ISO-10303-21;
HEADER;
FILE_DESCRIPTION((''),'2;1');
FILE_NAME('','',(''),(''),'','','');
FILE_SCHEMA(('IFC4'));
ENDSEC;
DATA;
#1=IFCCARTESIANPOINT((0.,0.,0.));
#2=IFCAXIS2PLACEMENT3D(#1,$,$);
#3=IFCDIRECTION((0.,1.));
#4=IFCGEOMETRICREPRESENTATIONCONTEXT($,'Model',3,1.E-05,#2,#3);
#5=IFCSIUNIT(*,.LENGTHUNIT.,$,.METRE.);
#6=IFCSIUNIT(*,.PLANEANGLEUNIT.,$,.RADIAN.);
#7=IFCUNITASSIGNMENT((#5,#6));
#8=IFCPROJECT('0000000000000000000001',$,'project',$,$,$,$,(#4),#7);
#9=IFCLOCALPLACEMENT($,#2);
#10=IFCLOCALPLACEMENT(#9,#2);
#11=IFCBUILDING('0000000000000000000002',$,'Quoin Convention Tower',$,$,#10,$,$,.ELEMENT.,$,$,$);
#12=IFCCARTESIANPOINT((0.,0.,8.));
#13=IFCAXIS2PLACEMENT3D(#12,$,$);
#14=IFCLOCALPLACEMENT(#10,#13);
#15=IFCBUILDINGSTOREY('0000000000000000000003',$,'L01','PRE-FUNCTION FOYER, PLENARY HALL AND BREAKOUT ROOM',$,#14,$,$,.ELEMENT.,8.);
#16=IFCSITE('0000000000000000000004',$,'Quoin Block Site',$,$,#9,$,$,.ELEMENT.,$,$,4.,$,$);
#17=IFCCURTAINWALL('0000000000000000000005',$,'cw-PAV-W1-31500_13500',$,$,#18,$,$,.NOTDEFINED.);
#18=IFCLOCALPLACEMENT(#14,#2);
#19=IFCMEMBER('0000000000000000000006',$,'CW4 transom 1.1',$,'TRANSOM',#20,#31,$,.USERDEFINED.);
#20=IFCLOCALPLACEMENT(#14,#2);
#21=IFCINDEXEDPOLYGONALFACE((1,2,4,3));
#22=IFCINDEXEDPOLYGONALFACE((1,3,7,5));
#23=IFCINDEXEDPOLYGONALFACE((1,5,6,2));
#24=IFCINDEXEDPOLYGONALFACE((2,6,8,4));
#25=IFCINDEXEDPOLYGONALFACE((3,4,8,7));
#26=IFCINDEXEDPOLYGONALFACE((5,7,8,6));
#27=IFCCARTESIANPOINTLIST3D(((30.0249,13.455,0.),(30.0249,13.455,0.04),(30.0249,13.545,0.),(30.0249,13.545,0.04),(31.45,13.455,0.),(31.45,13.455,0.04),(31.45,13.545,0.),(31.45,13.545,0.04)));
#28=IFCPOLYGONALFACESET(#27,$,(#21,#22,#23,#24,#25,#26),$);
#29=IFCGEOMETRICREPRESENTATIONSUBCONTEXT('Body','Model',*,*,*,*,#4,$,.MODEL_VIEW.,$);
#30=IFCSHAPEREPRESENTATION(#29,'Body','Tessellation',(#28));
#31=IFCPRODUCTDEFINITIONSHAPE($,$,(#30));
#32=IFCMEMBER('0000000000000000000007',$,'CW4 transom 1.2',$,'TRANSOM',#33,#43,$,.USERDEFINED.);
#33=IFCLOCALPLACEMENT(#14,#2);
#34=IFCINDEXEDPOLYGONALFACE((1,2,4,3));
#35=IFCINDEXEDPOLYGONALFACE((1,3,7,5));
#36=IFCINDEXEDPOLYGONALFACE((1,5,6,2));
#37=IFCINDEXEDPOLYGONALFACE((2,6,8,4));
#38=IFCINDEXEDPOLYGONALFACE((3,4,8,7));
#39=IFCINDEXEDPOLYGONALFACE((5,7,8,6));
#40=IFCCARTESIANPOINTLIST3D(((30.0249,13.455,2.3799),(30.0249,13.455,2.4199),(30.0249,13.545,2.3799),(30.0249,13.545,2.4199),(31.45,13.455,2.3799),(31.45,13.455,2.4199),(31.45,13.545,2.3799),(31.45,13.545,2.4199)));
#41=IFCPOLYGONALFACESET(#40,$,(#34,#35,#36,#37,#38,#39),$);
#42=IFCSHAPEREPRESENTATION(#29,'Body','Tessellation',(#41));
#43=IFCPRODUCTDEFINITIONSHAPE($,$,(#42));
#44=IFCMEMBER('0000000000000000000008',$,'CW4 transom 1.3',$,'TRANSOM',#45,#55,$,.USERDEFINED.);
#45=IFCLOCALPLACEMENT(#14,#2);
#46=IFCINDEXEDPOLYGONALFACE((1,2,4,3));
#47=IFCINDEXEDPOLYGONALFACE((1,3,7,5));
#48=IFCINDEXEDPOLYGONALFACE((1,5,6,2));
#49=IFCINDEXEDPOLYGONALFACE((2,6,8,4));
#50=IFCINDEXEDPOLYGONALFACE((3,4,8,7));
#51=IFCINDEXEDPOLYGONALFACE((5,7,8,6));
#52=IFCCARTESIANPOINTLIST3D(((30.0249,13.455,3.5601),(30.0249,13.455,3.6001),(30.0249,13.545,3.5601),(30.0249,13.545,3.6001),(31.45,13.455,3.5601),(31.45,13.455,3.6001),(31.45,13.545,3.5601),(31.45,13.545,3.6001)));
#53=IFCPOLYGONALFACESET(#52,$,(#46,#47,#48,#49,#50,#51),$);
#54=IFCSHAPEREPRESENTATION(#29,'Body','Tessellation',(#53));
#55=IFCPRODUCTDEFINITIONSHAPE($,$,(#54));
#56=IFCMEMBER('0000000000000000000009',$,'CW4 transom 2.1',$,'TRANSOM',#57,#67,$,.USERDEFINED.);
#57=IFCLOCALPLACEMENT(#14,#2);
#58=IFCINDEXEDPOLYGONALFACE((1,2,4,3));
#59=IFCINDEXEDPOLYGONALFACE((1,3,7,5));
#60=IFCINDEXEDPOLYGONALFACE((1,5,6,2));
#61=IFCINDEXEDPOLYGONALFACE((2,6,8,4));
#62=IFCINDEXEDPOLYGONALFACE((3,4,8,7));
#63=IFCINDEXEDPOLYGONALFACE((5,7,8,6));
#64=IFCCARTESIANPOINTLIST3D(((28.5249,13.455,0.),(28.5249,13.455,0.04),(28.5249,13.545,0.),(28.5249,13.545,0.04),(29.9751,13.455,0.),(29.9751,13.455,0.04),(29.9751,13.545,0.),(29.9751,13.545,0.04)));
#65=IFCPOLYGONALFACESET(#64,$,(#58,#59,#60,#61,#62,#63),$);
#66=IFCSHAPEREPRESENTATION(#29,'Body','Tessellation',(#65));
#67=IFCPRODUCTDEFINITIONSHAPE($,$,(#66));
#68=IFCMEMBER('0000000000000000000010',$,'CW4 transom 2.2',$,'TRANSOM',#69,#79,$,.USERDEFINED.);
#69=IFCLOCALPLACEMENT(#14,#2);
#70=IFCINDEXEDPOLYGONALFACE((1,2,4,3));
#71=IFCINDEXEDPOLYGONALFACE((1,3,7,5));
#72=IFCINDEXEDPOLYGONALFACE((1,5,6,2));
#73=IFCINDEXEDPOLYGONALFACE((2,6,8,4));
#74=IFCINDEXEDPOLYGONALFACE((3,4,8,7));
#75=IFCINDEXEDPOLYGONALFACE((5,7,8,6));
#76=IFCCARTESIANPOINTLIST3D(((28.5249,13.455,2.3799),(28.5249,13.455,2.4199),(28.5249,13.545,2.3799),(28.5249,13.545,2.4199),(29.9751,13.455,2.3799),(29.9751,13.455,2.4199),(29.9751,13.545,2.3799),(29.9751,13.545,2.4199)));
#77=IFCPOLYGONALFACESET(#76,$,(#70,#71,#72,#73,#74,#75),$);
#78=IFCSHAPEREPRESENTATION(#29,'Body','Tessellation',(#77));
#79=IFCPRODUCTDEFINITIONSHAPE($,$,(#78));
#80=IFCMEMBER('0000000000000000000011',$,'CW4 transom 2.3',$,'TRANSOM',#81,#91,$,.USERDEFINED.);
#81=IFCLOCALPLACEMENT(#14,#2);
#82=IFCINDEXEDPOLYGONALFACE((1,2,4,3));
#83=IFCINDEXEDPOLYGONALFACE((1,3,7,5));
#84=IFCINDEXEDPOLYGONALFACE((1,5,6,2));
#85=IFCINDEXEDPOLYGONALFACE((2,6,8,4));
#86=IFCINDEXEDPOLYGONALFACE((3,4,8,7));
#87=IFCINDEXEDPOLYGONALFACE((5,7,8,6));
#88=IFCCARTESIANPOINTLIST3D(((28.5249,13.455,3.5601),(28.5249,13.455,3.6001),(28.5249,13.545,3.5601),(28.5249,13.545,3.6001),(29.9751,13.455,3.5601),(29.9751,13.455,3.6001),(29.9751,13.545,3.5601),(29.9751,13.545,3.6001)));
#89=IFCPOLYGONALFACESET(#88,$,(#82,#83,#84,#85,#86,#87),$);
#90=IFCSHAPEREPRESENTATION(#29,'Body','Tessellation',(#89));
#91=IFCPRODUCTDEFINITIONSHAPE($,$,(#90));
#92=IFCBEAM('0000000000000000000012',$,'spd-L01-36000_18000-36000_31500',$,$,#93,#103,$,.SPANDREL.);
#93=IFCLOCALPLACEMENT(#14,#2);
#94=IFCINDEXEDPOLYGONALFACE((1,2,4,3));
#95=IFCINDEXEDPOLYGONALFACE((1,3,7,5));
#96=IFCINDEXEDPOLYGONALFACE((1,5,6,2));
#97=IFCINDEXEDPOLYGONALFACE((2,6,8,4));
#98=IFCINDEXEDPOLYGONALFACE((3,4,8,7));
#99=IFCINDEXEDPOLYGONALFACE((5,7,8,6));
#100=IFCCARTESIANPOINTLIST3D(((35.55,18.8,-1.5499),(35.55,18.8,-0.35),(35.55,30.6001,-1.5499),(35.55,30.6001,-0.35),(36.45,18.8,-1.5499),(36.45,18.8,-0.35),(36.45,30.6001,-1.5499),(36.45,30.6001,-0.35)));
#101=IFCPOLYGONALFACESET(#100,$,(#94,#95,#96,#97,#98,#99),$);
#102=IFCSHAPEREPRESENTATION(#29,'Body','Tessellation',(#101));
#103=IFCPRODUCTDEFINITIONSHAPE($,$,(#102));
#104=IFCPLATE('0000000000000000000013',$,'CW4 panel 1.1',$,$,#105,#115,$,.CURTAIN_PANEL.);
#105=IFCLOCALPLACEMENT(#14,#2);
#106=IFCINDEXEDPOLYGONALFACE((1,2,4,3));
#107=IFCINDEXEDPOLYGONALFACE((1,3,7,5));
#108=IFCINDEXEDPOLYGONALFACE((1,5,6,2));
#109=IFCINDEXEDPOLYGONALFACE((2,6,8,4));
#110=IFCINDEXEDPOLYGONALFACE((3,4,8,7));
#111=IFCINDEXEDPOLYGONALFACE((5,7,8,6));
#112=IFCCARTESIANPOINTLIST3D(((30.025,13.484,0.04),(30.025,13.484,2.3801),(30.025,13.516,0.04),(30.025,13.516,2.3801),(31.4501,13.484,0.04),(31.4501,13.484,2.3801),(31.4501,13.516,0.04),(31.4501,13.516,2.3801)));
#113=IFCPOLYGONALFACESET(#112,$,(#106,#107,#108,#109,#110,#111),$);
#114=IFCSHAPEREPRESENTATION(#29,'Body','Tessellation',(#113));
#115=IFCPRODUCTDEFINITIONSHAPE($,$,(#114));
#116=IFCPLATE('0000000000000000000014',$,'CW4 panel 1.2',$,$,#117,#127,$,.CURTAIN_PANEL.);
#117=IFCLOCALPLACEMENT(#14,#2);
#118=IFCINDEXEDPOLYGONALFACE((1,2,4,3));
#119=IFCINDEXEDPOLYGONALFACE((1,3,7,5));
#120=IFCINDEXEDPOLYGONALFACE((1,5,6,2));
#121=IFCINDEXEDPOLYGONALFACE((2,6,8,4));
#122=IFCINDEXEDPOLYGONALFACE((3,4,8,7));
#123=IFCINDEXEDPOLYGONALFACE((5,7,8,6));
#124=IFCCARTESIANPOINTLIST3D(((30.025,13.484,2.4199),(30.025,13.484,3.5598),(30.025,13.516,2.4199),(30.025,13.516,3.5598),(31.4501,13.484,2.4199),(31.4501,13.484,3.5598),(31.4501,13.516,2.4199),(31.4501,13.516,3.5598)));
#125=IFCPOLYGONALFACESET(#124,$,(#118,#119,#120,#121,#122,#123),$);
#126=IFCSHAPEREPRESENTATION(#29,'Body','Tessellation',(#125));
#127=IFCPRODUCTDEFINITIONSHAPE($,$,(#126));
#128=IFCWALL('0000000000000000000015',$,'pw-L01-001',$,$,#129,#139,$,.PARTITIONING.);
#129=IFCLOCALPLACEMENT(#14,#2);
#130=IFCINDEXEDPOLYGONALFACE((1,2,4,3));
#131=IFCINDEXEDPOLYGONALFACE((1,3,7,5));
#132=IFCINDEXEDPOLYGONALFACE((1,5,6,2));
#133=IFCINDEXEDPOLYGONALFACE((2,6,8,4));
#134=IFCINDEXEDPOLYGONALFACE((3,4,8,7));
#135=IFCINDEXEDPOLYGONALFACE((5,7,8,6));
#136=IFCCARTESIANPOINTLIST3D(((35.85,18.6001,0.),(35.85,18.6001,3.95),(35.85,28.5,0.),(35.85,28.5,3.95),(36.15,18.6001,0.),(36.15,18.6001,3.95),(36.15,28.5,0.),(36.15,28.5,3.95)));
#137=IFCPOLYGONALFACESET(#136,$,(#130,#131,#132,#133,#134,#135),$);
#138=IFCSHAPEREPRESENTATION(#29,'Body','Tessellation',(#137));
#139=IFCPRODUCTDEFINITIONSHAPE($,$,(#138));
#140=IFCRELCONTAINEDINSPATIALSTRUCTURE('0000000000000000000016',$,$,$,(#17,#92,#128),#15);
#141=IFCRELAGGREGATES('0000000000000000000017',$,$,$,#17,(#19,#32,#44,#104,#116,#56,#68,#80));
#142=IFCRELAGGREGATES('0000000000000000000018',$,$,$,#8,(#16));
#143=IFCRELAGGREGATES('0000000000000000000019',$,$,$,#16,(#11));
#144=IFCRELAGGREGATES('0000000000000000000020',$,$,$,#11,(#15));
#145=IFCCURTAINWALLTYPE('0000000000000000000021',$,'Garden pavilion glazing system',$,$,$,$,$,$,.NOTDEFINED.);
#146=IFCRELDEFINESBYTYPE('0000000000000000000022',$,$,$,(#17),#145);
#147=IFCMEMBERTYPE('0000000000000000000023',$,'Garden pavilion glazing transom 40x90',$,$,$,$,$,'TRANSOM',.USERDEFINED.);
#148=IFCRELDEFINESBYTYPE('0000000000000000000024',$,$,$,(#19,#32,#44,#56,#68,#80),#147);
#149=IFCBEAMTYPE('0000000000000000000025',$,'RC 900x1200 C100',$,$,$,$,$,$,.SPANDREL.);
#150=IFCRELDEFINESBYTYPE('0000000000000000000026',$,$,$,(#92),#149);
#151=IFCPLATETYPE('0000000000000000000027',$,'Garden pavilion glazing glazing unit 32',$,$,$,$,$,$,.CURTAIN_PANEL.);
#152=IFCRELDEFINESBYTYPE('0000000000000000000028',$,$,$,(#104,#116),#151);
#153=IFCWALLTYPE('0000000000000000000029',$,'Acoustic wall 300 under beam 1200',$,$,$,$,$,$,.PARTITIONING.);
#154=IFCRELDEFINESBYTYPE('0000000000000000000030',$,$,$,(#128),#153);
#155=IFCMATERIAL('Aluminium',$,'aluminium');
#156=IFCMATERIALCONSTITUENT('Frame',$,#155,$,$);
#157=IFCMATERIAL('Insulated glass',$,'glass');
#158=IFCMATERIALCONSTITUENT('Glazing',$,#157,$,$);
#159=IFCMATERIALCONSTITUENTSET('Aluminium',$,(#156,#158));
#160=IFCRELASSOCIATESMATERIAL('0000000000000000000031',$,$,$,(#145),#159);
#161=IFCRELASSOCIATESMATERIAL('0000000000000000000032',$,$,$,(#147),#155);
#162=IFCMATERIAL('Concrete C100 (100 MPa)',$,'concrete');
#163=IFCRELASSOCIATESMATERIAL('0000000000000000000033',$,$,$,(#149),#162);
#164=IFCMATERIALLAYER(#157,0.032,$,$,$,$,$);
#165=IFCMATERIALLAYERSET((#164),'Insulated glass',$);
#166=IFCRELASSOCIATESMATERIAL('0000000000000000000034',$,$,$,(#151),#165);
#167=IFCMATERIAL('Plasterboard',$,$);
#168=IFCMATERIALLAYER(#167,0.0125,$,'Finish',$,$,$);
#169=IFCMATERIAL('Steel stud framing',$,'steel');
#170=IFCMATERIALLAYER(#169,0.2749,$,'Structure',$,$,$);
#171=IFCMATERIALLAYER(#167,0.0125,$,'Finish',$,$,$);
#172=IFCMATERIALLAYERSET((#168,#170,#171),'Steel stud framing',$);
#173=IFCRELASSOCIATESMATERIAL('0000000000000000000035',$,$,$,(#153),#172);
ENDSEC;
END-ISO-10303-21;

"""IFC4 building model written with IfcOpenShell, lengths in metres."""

from ifc_helpers import new_model, si_unit, direction, frame, frame_2d, origin, origin_2d, place, context, subcontext, project, spatial, rectangle, extrude, material, layer, layer_set, constituent, constituent_set, material_profile, profile_set, type_object, element, aggregate, save


model = new_model("IFC4")

# Units and contexts
model_context = context("Model", 3, precision=1e-05, world=origin(), true_north=direction((0.0, 1.0)))
body_context = subcontext(model_context, "Body", "Model", "MODEL_VIEW")
ifc_project = project(units=[si_unit("LENGTHUNIT", "METRE"), si_unit("PLANEANGLEUNIT", "RADIAN")], contexts=[model_context])

# Site, building, storey
site_placement = place(None, origin())
site = spatial("IfcSite", under=ifc_project, at=site_placement, Name="Quoin Block Site", CompositionType="ELEMENT", RefElevation=4.0)
building_placement = place(site_placement, origin())
building = spatial("IfcBuilding", under=site, at=building_placement, Name="Quoin Convention Tower", CompositionType="ELEMENT")
storey_placement = place(building_placement, frame((0.0, 0.0, 8.0)))
storey = spatial("IfcBuildingStorey", under=building, at=storey_placement, Name="L01", Description="PRE-FUNCTION FOYER, PLENARY HALL AND BREAKOUT ROOM", CompositionType="ELEMENT", Elevation=8.0)

# Shared definitions
ifc_material_1 = material(Name="Concrete C100 (100 MPa)", Category="concrete")

# Curtain wall, members
ifc_material_2 = material(Name="Aluminium", Category="aluminium")
ifc_constituent_1 = constituent(ifc_material_2, Name="Frame")
ifc_material_3 = material(Name="Insulated glass", Category="glass")
ifc_constituent_2 = constituent(ifc_material_3, Name="Glazing")
ifc_constituent_set_1 = constituent_set(constituents=[ifc_constituent_1, ifc_constituent_2], Name="Aluminium")
curtain_wall_type = type_object("IfcCurtainWallType", Name="Garden pavilion glazing system", PredefinedType="NOTDEFINED", material=ifc_constituent_set_1)
curtain_wall_placement = place(storey_placement, origin())
curtain_wall = element("IfcCurtainWall", 1, at=curtain_wall_placement, inside=storey, type_object=curtain_wall_type, Name="cw-PAV-W1-31500_13500", PredefinedType="NOTDEFINED")
ifc_material_profile_1 = material_profile(ifc_material_2, rectangle(XDim=0.0901, YDim=0.04, at=origin_2d()), Name="Garden pavilion glazing transom 40x90")
ifc_profile_set_1 = profile_set([ifc_material_profile_1], Name="Aluminium")
member_type_1 = type_object("IfcMemberType", Name="Garden pavilion glazing transom 40x90", ElementType="TRANSOM", PredefinedType="USERDEFINED", material=ifc_profile_set_1)
member_1_placement = place(storey_placement, frame((31.45, 13.5, 0.02), z_axis=(-1.0, 0.0, 0.0), x_axis=(0.0, -1.0, 0.0)))
member_1 = element("IfcMember", 2, at=member_1_placement, type_object=member_type_1, Name="CW4 transom 1.1", ObjectType="TRANSOM", PredefinedType="USERDEFINED", context=body_context, shape_type="SweptSolid", body=[
    extrude(rectangle(XDim=0.0901, YDim=0.04, at=origin_2d()), origin(), (0.0, 0.0, 1.0), 1.425),
])
member_2_placement = place(storey_placement, frame((31.45, 13.5, 2.3999), z_axis=(-1.0, 0.0, 0.0), x_axis=(0.0, -1.0, 0.0)))
member_2 = element("IfcMember", 3, at=member_2_placement, type_object=member_type_1, Name="CW4 transom 1.2", ObjectType="TRANSOM", PredefinedType="USERDEFINED", context=body_context, shape_type="SweptSolid", body=[
    extrude(rectangle(XDim=0.0901, YDim=0.04, at=origin_2d()), origin(), (0.0, 0.0, 1.0), 1.425),
])
member_3_placement = place(storey_placement, frame((31.45, 13.5, 3.5801), z_axis=(-1.0, 0.0, 0.0), x_axis=(0.0, -1.0, 0.0)))
member_3 = element("IfcMember", 4, at=member_3_placement, type_object=member_type_1, Name="CW4 transom 1.3", ObjectType="TRANSOM", PredefinedType="USERDEFINED", context=body_context, shape_type="SweptSolid", body=[
    extrude(rectangle(XDim=0.0901, YDim=0.04, at=origin_2d()), origin(), (0.0, 0.0, 1.0), 1.425),
])
member_4_placement = place(storey_placement, frame((29.9751, 13.5, 0.02), z_axis=(-1.0, 0.0, 0.0), x_axis=(0.0, -1.0, 0.0)))
member_4 = element("IfcMember", 5, at=member_4_placement, type_object=member_type_1, Name="CW4 transom 2.1", ObjectType="TRANSOM", PredefinedType="USERDEFINED", context=body_context, shape_type="SweptSolid", body=[
    extrude(rectangle(XDim=0.0901, YDim=0.04, at=origin_2d()), origin(), (0.0, 0.0, 1.0), 1.4502),
])
member_5_placement = place(storey_placement, frame((29.9751, 13.5, 2.3999), z_axis=(-1.0, 0.0, 0.0), x_axis=(0.0, -1.0, 0.0)))
member_5 = element("IfcMember", 6, at=member_5_placement, type_object=member_type_1, Name="CW4 transom 2.2", ObjectType="TRANSOM", PredefinedType="USERDEFINED", context=body_context, shape_type="SweptSolid", body=[
    extrude(rectangle(XDim=0.0901, YDim=0.04, at=origin_2d()), origin(), (0.0, 0.0, 1.0), 1.4502),
])
member_6_placement = place(storey_placement, frame((29.9751, 13.5, 3.5801), z_axis=(-1.0, 0.0, 0.0), x_axis=(0.0, -1.0, 0.0)))
member_6 = element("IfcMember", 7, at=member_6_placement, type_object=member_type_1, Name="CW4 transom 2.3", ObjectType="TRANSOM", PredefinedType="USERDEFINED", context=body_context, shape_type="SweptSolid", body=[
    extrude(rectangle(XDim=0.0901, YDim=0.04, at=origin_2d()), origin(), (0.0, 0.0, 1.0), 1.4502),
])

# Beam
ifc_material_profile_2 = material_profile(ifc_material_1, rectangle(XDim=0.8999, YDim=1.2, at=origin_2d()), Name="RC 900x1200")
ifc_profile_set_2 = profile_set([ifc_material_profile_2], Name="Concrete C100 (100 MPa)")
beam_type_1 = type_object("IfcBeamType", Name="RC 900x1200 C100", PredefinedType="SPANDREL", material=ifc_profile_set_2)
beam_1_placement = place(storey_placement, frame((36.0, 18.8, -0.95), z_axis=(0.0, 1.0, 0.0), x_axis=(-1.0, 0.0, 0.0)))
element("IfcBeam", 8, at=beam_1_placement, inside=storey, type_object=beam_type_1, Name="spd-L01-36000_18000-36000_31500", PredefinedType="SPANDREL", context=body_context, shape_type="SweptSolid", body=[
    extrude(rectangle(XDim=0.8999, YDim=1.2, at=origin_2d()), origin(), (0.0, 0.0, 1.0), 11.8),
])

# Plates
ifc_layer_1 = layer(ifc_material_3, 0.032)
ifc_layer_set_1 = layer_set([ifc_layer_1], Name="Insulated glass")
plate_type = type_object("IfcPlateType", Name="Garden pavilion glazing glazing unit 32", PredefinedType="CURTAIN_PANEL", material=ifc_layer_set_1)
plate_1_placement = place(storey_placement, frame((30.7375, 13.5, 0.04), z_axis=(0.0, 0.0, 1.0), x_axis=(-1.0, 0.0, 0.0)))
plate_1 = element("IfcPlate", 9, at=plate_1_placement, type_object=plate_type, Name="CW4 panel 1.1", PredefinedType="CURTAIN_PANEL", context=body_context, shape_type="SweptSolid", body=[
    extrude(rectangle(XDim=1.425, YDim=0.032, at=origin_2d()), origin(), (0.0, 0.0, 1.0), 2.3401),
])
plate_2_placement = place(storey_placement, frame((30.7375, 13.5, 2.4199), z_axis=(0.0, 0.0, 1.0), x_axis=(-1.0, 0.0, 0.0)))
plate_2 = element("IfcPlate", 10, at=plate_2_placement, type_object=plate_type, Name="CW4 panel 1.2", PredefinedType="CURTAIN_PANEL", context=body_context, shape_type="SweptSolid", body=[
    extrude(rectangle(XDim=1.425, YDim=0.032, at=origin_2d()), origin(), (0.0, 0.0, 1.0), 1.1399),
])
aggregate(curtain_wall, [member_1, member_2, member_3, plate_1, plate_2, member_4, member_5, member_6])

# Wall
ifc_material_4 = material(Name="Plasterboard")
ifc_layer_2 = layer(ifc_material_4, 0.0125, Name="Finish")
ifc_material_5 = material(Name="Steel stud framing", Category="steel")
ifc_layer_3 = layer(ifc_material_5, 0.2749, Name="Structure")
ifc_layer_4 = layer(ifc_material_4, 0.0125, Name="Finish")
ifc_layer_set_2 = layer_set([ifc_layer_2, ifc_layer_3, ifc_layer_4], Name="Steel stud framing")
wall_type_1 = type_object("IfcWallType", Name="Acoustic wall 300 under beam 1200", PredefinedType="PARTITIONING", material=ifc_layer_set_2)
wall_1_placement = place(storey_placement, frame((36.0, 18.6001, 0.0), z_axis=(0.0, 0.0, 1.0), x_axis=(0.0, 1.0, 0.0)))
element("IfcWall", 11, at=wall_1_placement, inside=storey, type_object=wall_type_1, Name="pw-L01-001", PredefinedType="PARTITIONING", context=body_context, shape_type="SweptSolid", body=[
    extrude(rectangle(XDim=9.8999, YDim=0.3, at=frame_2d((4.95, 0.0))), origin(), (0.0, 0.0, 1.0), 3.95),
])

save(model, "model.ifc")
